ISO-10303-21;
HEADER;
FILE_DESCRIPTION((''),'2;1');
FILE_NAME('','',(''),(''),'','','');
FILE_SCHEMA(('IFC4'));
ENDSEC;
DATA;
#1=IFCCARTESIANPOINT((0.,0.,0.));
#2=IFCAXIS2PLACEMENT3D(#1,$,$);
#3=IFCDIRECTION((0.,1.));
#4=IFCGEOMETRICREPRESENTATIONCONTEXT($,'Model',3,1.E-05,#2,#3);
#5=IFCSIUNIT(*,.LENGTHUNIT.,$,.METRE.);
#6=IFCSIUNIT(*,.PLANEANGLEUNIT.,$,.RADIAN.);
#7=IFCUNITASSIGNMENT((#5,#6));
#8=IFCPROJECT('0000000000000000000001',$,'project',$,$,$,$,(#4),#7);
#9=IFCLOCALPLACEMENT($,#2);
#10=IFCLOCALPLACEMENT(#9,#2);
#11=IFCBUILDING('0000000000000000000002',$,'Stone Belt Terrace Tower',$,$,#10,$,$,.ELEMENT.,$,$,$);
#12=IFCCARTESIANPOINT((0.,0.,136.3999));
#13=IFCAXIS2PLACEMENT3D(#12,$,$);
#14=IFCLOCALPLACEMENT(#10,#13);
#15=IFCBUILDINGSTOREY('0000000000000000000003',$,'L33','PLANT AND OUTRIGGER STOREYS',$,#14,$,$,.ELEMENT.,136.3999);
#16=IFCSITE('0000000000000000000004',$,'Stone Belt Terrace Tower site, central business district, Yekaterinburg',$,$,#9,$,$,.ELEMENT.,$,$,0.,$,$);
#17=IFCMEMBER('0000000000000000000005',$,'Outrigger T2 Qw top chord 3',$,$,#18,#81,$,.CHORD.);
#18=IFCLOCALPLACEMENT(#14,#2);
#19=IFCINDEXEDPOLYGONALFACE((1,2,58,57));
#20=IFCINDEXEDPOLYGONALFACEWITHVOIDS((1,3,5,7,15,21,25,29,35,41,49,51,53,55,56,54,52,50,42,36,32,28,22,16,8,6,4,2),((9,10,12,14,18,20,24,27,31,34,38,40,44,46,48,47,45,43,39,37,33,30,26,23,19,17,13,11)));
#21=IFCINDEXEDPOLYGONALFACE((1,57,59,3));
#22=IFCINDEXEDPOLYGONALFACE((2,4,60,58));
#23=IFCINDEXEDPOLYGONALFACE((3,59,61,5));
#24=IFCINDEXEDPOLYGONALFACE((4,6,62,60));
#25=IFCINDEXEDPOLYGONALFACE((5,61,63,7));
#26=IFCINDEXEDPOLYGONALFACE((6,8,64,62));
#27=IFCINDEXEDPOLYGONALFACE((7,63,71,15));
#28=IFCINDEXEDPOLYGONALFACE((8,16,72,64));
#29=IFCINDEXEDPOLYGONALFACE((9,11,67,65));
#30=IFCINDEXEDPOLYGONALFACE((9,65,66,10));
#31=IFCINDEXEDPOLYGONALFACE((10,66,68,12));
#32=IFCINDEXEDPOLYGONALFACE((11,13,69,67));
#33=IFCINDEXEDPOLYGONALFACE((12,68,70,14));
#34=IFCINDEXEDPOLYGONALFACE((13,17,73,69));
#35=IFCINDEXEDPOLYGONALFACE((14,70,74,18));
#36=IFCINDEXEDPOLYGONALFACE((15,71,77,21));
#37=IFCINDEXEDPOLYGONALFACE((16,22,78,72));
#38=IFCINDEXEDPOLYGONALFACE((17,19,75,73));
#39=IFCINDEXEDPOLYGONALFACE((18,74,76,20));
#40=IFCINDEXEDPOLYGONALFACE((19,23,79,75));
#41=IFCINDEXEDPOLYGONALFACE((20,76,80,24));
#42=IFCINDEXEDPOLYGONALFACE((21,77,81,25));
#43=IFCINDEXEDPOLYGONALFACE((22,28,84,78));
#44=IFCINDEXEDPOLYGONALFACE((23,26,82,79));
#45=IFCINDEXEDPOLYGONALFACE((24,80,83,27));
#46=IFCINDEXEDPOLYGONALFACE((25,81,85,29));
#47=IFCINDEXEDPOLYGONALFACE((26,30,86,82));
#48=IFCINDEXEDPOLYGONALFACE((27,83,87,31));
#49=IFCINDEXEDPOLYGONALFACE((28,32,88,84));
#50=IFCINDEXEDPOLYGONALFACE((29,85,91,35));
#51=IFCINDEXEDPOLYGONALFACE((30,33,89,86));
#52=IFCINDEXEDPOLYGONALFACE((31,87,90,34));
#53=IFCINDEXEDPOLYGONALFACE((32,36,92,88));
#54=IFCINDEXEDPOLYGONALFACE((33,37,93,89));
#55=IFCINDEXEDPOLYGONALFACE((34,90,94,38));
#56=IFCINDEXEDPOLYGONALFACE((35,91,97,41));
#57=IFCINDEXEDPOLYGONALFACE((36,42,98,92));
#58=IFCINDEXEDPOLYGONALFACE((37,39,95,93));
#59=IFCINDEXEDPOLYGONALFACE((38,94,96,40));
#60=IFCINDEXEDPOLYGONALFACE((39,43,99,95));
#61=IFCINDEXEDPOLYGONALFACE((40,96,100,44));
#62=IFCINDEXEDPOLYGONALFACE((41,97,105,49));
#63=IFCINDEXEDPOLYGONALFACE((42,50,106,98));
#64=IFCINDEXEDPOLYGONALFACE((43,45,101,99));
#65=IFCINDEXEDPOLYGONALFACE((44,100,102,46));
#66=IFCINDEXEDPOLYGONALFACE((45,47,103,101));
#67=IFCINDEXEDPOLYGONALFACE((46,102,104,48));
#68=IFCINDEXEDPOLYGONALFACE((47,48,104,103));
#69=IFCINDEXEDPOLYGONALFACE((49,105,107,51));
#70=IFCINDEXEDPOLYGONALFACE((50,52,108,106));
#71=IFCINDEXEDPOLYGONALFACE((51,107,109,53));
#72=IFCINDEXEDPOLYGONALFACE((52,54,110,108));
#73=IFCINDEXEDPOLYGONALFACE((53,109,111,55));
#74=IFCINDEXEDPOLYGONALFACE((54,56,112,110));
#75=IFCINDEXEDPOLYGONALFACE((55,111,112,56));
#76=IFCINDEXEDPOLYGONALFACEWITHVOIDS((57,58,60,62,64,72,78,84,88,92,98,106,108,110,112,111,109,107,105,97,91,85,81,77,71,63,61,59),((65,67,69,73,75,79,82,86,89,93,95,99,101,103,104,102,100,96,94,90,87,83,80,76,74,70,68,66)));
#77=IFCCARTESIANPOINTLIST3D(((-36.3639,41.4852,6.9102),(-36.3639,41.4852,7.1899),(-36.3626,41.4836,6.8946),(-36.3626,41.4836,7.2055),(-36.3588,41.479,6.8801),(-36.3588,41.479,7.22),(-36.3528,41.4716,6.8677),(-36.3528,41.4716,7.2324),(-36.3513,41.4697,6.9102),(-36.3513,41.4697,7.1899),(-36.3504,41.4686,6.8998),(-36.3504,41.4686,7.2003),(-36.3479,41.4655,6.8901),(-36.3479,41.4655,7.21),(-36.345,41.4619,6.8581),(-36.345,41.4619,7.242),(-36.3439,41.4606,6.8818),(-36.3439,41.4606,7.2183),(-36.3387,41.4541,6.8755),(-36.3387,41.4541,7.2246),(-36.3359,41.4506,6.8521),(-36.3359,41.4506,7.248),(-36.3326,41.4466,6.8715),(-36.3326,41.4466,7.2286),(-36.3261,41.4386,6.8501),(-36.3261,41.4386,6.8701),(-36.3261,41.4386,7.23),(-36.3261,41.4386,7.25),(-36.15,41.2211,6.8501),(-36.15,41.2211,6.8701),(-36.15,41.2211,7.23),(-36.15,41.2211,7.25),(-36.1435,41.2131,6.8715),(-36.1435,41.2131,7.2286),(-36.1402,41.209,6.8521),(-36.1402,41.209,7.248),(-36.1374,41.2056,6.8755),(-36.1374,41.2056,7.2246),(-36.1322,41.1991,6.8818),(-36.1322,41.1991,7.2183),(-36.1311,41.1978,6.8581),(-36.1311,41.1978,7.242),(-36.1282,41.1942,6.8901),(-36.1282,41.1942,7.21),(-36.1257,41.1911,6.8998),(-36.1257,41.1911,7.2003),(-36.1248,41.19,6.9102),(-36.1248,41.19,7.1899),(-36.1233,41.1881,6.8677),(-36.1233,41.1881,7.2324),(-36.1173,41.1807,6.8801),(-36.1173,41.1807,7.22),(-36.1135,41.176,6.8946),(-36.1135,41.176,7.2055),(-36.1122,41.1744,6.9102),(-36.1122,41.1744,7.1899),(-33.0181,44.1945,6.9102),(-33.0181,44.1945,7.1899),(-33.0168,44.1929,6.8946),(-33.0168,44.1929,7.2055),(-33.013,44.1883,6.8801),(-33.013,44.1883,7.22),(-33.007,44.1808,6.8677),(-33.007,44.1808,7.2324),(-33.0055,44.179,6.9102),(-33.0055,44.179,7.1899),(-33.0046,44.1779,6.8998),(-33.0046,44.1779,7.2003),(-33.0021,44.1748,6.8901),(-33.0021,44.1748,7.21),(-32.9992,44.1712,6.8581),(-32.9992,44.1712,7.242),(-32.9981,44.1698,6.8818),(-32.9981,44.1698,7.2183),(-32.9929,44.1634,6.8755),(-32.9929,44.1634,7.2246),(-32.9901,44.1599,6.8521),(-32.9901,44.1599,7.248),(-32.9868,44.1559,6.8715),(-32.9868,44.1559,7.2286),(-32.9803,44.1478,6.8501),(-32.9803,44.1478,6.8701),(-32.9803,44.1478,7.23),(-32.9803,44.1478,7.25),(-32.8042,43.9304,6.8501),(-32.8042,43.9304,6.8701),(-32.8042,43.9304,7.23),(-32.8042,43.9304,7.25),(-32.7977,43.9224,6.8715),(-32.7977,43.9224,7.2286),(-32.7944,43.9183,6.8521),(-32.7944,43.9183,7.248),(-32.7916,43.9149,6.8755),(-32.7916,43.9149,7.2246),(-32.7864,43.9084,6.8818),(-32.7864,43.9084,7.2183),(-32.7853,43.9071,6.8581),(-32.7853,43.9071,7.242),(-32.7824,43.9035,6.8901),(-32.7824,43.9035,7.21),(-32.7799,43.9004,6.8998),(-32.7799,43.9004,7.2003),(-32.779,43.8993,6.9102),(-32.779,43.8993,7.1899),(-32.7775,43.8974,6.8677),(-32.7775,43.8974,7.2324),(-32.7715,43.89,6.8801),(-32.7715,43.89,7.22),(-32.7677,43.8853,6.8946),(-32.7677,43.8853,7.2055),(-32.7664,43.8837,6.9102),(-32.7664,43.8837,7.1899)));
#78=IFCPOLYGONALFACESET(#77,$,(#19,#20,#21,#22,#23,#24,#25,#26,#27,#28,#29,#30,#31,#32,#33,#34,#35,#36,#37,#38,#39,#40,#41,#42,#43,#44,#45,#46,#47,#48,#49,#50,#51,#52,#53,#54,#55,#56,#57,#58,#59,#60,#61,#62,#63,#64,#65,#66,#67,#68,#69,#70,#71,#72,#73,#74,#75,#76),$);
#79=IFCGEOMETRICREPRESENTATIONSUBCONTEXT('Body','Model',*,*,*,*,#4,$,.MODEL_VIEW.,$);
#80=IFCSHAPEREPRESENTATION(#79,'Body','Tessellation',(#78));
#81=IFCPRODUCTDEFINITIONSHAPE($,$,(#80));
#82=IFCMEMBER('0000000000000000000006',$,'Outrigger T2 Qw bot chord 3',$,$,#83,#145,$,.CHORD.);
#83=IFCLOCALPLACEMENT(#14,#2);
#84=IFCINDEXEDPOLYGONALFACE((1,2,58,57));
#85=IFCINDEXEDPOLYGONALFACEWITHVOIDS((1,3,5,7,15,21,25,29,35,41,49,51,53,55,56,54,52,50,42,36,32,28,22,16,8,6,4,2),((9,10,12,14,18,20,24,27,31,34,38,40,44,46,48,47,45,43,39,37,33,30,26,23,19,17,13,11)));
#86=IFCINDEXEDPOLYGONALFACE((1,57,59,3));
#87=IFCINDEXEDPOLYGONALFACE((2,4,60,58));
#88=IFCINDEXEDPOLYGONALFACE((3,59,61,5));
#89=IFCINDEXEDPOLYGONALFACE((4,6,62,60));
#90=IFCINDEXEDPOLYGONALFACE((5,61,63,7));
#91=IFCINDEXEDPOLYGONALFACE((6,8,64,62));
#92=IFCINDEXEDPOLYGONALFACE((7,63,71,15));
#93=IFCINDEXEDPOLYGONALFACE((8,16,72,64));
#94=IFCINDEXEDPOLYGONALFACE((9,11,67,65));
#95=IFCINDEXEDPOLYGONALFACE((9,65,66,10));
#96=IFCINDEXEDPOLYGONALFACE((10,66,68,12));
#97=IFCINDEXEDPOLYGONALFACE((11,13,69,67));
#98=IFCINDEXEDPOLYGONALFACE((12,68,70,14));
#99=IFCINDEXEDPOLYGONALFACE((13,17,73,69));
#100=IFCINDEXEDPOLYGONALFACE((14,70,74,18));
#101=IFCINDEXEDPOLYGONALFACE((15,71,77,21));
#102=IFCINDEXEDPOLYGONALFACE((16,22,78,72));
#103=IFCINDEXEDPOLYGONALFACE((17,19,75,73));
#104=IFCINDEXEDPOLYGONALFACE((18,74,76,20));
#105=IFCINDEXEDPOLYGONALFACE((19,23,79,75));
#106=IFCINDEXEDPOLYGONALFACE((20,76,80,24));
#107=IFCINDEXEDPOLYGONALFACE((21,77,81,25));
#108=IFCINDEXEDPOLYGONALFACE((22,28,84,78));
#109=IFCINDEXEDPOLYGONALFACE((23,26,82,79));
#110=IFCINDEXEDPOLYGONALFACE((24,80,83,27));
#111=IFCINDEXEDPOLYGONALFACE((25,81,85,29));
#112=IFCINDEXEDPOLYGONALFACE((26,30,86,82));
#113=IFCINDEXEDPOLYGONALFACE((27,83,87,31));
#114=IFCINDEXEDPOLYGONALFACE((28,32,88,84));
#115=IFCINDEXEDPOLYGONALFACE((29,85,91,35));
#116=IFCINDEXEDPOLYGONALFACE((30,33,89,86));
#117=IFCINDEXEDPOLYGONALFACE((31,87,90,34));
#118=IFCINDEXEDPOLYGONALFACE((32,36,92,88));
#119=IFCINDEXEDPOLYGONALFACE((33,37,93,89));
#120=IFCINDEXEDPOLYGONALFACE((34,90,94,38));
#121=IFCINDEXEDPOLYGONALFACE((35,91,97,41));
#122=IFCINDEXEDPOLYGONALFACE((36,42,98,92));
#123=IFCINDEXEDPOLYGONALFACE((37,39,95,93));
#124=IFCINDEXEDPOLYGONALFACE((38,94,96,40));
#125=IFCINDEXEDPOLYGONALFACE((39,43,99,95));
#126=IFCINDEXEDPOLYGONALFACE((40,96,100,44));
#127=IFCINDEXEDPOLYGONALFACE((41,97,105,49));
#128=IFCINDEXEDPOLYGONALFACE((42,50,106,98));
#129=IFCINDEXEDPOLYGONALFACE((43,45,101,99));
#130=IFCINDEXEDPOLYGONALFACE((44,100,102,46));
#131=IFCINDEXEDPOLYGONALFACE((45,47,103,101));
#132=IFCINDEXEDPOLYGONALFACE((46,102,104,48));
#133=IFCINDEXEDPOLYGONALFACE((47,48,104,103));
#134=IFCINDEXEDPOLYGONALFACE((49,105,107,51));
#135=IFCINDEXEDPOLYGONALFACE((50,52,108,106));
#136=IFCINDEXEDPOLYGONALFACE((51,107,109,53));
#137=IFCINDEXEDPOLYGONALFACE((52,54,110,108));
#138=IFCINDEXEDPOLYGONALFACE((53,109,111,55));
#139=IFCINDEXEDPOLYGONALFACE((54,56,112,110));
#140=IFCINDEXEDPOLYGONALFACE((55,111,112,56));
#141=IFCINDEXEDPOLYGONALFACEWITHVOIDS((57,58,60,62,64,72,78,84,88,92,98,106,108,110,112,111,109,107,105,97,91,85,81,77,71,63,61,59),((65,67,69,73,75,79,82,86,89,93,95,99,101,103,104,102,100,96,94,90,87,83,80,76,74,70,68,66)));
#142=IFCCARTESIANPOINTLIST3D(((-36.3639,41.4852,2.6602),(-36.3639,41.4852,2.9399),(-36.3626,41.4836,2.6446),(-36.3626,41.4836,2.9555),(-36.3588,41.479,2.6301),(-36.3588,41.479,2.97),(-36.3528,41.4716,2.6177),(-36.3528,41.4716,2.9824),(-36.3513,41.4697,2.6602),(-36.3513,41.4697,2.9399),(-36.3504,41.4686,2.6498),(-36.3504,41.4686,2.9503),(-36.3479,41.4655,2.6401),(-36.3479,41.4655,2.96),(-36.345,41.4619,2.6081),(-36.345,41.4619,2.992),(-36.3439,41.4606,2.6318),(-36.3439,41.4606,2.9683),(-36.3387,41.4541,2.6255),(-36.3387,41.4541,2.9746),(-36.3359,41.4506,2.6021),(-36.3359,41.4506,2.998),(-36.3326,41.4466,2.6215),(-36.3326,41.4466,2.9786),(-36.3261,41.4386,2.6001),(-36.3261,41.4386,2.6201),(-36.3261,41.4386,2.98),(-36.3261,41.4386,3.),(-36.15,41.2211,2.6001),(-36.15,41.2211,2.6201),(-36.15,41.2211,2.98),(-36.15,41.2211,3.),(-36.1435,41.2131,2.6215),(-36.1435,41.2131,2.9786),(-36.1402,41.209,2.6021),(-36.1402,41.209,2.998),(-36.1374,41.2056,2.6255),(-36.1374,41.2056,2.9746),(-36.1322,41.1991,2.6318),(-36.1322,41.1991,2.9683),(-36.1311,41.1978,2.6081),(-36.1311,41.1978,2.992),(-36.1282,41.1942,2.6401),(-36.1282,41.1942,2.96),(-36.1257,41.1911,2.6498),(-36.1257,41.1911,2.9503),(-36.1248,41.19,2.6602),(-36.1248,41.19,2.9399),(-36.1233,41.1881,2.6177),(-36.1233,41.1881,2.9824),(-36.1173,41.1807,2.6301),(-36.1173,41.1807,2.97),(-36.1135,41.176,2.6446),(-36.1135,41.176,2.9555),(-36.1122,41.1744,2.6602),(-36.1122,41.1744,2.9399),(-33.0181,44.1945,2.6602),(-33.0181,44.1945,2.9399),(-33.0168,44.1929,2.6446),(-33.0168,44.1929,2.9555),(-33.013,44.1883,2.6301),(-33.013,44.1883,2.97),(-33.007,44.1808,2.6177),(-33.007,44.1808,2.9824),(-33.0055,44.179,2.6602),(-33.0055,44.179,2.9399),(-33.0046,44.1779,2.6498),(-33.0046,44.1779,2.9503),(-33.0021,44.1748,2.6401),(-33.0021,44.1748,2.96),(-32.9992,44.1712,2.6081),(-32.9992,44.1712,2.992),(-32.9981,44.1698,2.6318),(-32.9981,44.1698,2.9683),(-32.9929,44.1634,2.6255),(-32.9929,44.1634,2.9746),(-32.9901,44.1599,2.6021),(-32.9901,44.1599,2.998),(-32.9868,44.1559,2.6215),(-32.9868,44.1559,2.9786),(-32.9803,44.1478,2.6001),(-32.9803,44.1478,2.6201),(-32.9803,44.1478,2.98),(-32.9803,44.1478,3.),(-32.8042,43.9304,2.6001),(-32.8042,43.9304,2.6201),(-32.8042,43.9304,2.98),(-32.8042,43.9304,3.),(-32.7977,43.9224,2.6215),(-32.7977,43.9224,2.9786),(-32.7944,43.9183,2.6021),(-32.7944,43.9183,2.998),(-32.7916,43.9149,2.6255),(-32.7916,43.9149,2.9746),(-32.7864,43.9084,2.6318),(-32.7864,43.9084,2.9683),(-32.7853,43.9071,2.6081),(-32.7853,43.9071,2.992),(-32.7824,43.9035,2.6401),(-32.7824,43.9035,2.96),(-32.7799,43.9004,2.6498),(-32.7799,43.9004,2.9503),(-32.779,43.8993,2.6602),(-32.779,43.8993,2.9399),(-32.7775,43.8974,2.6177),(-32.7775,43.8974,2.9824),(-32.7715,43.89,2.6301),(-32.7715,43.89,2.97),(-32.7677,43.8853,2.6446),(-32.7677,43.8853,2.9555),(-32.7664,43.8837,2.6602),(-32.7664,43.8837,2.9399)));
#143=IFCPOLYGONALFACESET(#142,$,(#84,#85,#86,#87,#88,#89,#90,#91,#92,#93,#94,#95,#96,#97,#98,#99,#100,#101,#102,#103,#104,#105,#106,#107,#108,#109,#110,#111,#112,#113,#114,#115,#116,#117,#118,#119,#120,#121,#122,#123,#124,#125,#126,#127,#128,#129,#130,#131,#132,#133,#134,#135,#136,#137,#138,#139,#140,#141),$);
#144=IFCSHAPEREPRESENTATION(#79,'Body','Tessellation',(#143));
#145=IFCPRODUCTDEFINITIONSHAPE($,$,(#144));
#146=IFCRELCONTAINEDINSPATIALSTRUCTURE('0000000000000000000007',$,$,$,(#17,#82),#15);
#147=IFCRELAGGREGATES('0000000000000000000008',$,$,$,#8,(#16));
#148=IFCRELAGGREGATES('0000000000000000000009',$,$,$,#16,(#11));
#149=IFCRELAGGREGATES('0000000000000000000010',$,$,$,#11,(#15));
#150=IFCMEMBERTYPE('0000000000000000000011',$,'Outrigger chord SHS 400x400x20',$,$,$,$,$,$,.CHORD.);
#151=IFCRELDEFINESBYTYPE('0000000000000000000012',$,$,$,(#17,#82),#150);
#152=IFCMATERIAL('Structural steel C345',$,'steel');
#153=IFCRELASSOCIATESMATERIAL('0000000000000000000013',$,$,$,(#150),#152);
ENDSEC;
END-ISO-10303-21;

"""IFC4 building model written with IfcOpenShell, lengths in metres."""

from ifc_helpers import new_model, si_unit, direction, frame, origin, origin_2d, place, context, subcontext, project, spatial, hollow_rectangle, extrude, material, material_profile, profile_set, type_object, element, save


model = new_model("IFC4")

# Units and contexts
model_context = context("Model", 3, precision=1e-05, world=origin(), true_north=direction((0.0, 1.0)))
body_context = subcontext(model_context, "Body", "Model", "MODEL_VIEW")
ifc_project = project(units=[si_unit("LENGTHUNIT", "METRE"), si_unit("PLANEANGLEUNIT", "RADIAN")], contexts=[model_context])

# Site, building, storey
site_placement = place(None, origin())
site = spatial("IfcSite", under=ifc_project, at=site_placement, Name="Stone Belt Terrace Tower site, central business district, Yekaterinburg", CompositionType="ELEMENT", RefElevation=0.0)
building_placement = place(site_placement, origin())
building = spatial("IfcBuilding", under=site, at=building_placement, Name="Stone Belt Terrace Tower", CompositionType="ELEMENT")
storey_placement = place(building_placement, frame((0.0, 0.0, 136.3999)))
storey = spatial("IfcBuildingStorey", under=building, at=storey_placement, Name="L33", Description="PLANT AND OUTRIGGER STOREYS", CompositionType="ELEMENT", Elevation=136.3999)

# Members
ifc_material_1 = material(Name="Structural steel C345", Category="steel")
ifc_material_profile_1 = material_profile(ifc_material_1, hollow_rectangle(XDim=0.3999, YDim=0.3999, WallThickness=0.02, InnerFilletRadius=0.04, OuterFilletRadius=0.0601, at=origin_2d()), Name="SHS 400x400x20")
ifc_profile_set_1 = profile_set([ifc_material_profile_1], Name="Structural steel C345")
member_type_1 = type_object("IfcMemberType", Name="Outrigger chord SHS 400x400x20", PredefinedType="CHORD", material=ifc_profile_set_1)
for number, where, z_axis, x_axis, name in (
    (1, (-36.238, 41.3298, 7.05), (0.777154, 0.629311, 0.0), (-0.629311, 0.777154, 0.0), "Outrigger T2 Qw top chord 3"),
    (2, (-36.238, 41.3298, 2.8), (0.777154, 0.629311, 0.0), (-0.629311, 0.777154, 0.0), "Outrigger T2 Qw bot chord 3"),
):
    element("IfcMember", number, at=place(storey_placement, frame(where, z_axis=z_axis, x_axis=x_axis)), inside=storey, type_object=member_type_1, Name=name, PredefinedType="CHORD", context=body_context, shape_type="SweptSolid", body=[
        extrude(hollow_rectangle(XDim=0.3999, YDim=0.3999, WallThickness=0.02, InnerFilletRadius=0.04, OuterFilletRadius=0.0601, at=origin_2d()), origin(), (0.0, 0.0, 1.0), 4.3052),
    ])

save(model, "model.ifc")
